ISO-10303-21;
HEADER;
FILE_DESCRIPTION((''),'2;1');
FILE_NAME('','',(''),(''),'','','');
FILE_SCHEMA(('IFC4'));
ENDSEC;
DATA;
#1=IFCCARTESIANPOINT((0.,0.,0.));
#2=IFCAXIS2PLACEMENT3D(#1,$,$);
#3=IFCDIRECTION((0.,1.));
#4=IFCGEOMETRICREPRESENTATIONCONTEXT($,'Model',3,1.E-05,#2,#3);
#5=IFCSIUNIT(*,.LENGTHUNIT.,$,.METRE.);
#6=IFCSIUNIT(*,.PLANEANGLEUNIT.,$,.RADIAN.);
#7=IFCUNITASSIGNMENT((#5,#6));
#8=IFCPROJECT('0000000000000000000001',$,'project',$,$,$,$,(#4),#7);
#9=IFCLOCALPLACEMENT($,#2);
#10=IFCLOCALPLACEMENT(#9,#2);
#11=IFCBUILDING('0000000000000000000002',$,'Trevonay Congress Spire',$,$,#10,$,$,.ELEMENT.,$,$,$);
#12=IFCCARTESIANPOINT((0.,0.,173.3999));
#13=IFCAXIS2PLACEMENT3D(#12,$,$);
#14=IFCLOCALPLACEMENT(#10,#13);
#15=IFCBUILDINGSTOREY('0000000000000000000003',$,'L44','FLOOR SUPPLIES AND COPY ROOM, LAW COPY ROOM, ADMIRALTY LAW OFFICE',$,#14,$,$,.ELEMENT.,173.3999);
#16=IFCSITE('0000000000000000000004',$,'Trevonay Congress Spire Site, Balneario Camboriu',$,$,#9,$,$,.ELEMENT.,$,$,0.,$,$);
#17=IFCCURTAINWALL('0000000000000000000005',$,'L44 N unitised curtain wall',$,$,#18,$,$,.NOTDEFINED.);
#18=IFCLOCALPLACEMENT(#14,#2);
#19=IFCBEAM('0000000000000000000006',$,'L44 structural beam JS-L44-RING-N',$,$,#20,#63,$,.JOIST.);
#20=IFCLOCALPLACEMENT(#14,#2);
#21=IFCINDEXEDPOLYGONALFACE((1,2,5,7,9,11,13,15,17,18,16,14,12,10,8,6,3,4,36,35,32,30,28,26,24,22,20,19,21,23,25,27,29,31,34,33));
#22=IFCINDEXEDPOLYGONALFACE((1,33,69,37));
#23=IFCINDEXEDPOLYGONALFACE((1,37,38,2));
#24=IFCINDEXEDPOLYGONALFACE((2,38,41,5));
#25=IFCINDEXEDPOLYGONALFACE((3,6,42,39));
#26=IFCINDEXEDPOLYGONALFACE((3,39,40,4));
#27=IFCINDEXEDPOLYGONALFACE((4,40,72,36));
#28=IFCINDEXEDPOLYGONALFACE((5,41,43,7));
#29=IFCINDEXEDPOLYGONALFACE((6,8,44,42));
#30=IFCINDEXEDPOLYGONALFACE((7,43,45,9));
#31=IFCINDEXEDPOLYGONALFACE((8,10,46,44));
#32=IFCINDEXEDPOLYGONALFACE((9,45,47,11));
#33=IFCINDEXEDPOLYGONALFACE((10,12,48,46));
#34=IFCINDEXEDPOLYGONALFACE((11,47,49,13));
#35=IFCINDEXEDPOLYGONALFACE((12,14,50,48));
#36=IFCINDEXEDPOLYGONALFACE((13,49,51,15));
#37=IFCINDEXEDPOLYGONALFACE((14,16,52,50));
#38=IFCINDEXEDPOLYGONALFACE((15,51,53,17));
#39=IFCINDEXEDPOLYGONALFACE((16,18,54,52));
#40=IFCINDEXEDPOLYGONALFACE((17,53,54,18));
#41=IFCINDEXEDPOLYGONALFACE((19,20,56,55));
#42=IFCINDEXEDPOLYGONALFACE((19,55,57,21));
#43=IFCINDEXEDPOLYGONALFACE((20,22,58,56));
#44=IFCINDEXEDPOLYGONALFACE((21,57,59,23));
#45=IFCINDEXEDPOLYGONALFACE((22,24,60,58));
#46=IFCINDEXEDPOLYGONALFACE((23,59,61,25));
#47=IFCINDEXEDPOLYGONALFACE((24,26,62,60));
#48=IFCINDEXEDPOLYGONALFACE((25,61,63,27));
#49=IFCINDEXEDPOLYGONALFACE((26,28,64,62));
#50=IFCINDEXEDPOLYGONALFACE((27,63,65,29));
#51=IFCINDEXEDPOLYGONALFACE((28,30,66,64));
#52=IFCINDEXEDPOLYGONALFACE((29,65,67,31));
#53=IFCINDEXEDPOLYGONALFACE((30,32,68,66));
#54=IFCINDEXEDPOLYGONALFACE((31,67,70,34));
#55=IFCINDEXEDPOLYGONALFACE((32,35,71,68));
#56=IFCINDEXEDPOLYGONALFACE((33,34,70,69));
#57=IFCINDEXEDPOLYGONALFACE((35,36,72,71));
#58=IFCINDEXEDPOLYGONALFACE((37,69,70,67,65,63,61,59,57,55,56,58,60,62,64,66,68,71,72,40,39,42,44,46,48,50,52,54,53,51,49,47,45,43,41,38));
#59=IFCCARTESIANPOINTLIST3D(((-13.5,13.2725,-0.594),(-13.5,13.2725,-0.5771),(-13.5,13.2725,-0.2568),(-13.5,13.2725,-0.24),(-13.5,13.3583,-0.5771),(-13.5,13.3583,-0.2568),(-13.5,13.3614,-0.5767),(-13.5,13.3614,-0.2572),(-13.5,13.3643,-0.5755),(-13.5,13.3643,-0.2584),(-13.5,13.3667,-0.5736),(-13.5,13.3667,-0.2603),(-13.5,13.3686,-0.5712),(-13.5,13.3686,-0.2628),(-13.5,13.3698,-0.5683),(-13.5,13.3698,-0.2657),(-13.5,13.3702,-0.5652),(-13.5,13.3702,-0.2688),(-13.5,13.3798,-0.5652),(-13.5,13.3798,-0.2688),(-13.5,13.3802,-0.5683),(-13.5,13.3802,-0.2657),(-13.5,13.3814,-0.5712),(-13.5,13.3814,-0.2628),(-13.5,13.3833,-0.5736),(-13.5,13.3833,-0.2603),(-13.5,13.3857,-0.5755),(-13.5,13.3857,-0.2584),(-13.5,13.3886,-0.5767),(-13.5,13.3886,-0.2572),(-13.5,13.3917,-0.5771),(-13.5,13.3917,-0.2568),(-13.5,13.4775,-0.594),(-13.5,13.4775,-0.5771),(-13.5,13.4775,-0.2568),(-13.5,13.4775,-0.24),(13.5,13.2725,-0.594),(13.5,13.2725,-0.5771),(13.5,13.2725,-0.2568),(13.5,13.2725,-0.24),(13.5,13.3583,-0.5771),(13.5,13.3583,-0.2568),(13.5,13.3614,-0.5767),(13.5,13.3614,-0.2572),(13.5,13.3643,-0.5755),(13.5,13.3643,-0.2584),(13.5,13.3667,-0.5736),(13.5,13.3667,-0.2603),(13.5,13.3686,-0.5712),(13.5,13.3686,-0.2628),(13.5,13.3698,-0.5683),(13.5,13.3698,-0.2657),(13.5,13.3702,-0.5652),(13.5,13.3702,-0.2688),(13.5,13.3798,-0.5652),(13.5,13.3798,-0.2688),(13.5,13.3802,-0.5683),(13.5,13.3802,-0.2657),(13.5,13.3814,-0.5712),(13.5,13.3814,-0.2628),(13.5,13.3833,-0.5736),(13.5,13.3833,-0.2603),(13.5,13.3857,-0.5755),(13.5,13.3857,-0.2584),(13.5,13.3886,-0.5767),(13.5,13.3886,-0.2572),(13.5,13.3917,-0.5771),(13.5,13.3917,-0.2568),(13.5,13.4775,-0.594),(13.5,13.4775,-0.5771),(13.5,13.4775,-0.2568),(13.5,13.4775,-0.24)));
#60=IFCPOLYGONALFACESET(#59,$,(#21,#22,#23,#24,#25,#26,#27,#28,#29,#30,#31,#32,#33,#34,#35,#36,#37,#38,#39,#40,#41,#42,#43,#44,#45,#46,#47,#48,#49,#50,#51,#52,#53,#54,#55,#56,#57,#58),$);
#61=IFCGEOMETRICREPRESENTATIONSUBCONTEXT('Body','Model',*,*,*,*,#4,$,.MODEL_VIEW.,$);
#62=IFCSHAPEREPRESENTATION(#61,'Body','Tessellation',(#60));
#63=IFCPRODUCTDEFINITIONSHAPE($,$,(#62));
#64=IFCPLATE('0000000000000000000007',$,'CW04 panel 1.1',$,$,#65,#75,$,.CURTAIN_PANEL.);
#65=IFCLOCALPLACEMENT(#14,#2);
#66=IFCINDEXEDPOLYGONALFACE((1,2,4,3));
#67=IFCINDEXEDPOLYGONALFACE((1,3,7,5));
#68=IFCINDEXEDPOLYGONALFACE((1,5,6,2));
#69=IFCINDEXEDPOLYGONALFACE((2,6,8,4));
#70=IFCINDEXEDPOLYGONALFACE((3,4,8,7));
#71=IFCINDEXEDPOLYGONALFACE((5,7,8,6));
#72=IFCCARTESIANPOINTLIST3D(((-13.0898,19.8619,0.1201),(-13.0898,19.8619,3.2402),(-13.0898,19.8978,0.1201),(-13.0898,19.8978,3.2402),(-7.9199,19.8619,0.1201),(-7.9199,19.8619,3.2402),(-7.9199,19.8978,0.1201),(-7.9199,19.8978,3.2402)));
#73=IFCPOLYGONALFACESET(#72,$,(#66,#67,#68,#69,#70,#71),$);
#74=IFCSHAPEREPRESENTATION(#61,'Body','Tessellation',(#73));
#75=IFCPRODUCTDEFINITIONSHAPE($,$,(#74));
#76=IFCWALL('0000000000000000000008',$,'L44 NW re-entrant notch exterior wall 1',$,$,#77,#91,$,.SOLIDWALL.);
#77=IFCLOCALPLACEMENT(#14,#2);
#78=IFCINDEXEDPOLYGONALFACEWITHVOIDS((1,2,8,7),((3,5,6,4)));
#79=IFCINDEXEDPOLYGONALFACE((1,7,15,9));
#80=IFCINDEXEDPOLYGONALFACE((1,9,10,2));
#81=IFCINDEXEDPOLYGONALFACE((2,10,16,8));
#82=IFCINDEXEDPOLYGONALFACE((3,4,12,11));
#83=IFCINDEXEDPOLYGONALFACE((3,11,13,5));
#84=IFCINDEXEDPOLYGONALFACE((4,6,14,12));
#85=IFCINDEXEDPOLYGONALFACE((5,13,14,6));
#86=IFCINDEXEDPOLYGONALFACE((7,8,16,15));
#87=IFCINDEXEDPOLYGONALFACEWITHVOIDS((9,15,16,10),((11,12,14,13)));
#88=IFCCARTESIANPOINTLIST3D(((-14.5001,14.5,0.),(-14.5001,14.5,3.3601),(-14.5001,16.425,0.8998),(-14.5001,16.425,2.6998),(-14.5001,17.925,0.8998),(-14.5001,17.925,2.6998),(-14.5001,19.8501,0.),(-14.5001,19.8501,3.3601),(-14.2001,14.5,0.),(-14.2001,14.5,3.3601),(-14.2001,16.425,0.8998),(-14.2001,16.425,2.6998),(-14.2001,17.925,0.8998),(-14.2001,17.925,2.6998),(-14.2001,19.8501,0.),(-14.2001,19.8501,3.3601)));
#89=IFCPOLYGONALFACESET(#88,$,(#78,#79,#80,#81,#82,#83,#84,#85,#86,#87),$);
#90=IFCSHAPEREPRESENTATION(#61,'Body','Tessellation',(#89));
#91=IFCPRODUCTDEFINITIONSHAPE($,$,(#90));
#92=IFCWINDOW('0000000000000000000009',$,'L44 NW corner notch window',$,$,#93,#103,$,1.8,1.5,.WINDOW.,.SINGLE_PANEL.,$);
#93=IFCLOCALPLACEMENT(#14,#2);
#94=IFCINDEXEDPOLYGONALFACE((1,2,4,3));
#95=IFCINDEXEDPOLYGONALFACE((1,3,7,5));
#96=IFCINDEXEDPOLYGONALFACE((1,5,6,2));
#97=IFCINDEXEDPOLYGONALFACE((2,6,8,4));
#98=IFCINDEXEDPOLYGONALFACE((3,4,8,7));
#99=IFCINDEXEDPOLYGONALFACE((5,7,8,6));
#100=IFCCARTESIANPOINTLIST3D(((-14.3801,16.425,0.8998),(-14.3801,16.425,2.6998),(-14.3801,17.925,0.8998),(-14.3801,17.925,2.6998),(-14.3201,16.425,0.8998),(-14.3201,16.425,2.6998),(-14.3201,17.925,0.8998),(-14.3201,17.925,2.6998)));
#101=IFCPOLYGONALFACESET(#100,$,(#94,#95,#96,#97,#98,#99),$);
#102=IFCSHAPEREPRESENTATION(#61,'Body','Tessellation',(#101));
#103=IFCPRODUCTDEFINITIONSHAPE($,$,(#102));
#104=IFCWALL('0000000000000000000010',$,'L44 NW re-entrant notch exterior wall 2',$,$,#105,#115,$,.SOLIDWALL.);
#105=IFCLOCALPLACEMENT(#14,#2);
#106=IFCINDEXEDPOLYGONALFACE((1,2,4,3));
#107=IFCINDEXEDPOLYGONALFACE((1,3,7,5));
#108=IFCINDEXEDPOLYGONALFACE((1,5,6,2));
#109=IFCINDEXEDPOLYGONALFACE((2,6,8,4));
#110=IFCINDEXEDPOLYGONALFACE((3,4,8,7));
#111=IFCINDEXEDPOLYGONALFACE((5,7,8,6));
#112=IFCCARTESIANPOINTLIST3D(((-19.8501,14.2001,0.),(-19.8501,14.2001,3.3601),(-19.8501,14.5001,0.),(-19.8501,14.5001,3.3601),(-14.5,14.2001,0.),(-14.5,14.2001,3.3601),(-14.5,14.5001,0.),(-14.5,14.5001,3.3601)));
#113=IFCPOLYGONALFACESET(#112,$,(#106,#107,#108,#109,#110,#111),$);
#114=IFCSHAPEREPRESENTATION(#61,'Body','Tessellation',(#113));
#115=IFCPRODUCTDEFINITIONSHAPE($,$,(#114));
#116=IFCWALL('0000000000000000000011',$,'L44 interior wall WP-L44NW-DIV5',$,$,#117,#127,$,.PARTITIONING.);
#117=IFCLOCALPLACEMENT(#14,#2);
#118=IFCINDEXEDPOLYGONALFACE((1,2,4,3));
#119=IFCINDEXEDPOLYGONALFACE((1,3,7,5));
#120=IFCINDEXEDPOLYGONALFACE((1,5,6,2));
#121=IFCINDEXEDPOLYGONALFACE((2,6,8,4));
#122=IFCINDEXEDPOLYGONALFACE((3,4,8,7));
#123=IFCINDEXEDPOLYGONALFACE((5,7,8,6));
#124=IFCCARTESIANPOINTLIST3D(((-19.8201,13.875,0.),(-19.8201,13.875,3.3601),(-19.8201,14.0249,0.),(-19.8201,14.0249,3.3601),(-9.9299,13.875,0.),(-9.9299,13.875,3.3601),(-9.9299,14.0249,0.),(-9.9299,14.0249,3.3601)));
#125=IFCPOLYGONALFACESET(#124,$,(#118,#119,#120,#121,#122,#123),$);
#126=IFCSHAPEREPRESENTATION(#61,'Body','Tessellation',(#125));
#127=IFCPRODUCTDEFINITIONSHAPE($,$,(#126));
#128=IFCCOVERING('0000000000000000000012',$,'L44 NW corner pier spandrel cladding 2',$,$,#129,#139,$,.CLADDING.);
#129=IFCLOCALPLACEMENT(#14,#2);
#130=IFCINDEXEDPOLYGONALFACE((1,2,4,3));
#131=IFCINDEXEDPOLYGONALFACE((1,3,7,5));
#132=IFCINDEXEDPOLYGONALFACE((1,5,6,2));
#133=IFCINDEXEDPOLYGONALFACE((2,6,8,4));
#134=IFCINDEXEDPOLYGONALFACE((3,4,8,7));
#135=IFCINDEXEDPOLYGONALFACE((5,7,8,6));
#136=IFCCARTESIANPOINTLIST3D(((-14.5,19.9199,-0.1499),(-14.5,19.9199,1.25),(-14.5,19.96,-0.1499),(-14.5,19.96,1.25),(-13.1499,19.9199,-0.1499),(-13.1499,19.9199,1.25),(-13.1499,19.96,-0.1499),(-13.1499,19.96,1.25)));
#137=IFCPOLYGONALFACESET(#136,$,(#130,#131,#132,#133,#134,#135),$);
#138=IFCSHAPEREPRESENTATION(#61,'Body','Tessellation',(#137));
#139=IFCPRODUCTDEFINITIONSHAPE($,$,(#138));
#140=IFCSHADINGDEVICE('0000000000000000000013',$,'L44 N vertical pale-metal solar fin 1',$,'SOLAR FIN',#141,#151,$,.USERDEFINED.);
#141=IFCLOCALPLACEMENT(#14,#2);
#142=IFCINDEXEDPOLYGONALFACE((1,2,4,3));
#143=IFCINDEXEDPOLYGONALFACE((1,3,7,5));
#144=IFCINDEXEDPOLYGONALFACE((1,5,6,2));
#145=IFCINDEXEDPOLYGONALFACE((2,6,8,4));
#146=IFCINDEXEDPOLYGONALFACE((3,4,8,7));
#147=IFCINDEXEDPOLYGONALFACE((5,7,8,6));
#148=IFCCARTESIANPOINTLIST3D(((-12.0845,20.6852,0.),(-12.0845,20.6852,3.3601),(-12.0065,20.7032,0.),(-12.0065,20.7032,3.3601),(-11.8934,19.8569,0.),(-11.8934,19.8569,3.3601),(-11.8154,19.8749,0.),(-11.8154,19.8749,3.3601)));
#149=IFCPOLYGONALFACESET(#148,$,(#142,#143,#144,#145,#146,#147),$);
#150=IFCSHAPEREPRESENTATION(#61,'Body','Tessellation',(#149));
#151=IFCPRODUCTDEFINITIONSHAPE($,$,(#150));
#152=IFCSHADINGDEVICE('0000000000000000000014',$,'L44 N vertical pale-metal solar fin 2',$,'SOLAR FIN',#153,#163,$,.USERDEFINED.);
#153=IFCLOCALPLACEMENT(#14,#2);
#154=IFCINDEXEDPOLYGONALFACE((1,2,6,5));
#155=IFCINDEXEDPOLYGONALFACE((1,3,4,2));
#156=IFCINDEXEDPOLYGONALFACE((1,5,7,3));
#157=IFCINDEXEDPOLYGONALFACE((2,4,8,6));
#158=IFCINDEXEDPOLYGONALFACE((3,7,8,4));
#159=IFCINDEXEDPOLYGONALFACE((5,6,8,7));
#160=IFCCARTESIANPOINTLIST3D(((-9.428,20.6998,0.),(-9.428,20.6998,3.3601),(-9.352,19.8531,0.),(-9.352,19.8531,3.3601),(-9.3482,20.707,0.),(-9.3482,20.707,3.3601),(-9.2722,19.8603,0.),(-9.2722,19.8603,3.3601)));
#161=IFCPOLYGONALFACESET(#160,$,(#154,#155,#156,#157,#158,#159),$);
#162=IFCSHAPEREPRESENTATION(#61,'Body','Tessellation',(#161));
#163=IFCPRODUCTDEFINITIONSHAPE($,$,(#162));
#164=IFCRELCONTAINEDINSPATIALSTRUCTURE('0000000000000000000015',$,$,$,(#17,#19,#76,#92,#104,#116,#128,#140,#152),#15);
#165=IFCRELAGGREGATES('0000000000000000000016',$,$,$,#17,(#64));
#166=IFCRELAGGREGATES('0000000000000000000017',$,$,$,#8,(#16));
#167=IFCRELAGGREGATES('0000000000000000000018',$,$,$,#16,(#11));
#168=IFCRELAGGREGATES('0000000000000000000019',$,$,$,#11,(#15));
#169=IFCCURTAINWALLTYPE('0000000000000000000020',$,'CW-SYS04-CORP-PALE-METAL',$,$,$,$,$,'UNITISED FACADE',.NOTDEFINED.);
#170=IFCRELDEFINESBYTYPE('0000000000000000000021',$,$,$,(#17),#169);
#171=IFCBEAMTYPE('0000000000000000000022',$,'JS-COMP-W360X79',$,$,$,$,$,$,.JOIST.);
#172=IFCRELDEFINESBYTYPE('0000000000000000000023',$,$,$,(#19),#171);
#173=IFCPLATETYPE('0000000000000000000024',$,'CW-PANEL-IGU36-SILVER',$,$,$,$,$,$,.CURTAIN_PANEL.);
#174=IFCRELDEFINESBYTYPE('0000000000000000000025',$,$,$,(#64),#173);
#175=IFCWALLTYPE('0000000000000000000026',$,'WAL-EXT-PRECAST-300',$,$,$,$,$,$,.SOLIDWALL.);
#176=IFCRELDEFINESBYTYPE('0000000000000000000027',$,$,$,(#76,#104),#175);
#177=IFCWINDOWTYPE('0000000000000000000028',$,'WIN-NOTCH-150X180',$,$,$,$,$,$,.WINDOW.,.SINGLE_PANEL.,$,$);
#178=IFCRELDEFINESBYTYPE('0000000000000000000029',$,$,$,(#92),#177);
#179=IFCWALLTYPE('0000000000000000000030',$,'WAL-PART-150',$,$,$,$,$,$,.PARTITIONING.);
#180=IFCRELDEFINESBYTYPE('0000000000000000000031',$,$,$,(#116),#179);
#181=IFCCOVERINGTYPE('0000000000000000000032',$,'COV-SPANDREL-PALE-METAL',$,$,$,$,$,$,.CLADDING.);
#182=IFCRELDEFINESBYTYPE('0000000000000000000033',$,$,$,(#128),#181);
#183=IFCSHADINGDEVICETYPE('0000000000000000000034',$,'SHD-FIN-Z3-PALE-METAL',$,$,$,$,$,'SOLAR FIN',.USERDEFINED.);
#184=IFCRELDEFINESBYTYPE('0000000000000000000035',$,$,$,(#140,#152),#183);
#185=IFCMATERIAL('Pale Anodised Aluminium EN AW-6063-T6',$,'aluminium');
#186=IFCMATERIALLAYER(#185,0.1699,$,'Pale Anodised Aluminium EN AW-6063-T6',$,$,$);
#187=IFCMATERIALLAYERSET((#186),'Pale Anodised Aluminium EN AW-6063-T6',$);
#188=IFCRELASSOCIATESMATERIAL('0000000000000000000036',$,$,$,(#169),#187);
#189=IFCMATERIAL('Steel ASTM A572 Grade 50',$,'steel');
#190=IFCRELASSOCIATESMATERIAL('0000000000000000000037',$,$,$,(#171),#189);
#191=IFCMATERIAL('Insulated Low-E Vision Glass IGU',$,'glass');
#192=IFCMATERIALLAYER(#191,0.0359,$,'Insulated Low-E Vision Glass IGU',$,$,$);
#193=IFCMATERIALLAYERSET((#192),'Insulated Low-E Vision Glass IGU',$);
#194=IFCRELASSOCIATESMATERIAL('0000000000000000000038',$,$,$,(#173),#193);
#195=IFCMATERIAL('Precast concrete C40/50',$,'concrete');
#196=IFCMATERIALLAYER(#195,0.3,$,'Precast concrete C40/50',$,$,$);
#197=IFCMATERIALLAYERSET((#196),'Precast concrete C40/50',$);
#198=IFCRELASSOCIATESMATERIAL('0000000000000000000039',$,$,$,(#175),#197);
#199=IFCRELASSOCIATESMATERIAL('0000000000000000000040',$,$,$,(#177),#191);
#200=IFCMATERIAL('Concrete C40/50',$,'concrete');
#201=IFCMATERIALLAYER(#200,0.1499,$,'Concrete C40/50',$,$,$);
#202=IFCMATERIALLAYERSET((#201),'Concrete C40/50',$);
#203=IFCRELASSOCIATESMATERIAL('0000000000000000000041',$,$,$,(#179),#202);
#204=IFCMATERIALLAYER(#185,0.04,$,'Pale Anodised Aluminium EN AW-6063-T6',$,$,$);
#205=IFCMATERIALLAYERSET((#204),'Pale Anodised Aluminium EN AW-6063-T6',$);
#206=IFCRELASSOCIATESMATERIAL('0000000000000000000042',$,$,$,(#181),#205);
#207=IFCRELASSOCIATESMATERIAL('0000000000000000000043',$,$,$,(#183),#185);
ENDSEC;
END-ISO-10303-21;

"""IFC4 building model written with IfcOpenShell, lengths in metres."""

from ifc_helpers import new_model, si_unit, direction, frame, frame_2d, origin, origin_2d, place, context, subcontext, project, spatial, rectangle, i_section, extrude, material, layer, layer_set, material_profile, profile_set, type_object, element, fill, aggregate, save


model = new_model("IFC4")

# Units and contexts
model_context = context("Model", 3, precision=1e-05, world=origin(), true_north=direction((0.0, 1.0)))
body_context = subcontext(model_context, "Body", "Model", "MODEL_VIEW")
ifc_project = project(units=[si_unit("LENGTHUNIT", "METRE"), si_unit("PLANEANGLEUNIT", "RADIAN")], contexts=[model_context])

# Site, building, storey
site_placement = place(None, origin())
site = spatial("IfcSite", under=ifc_project, at=site_placement, Name="Trevonay Congress Spire Site, Balneario Camboriu", CompositionType="ELEMENT", RefElevation=0.0)
building_placement = place(site_placement, origin())
building = spatial("IfcBuilding", under=site, at=building_placement, Name="Trevonay Congress Spire", CompositionType="ELEMENT")
storey_placement = place(building_placement, frame((0.0, 0.0, 173.3999)))
storey = spatial("IfcBuildingStorey", under=building, at=storey_placement, Name="L44", Description="FLOOR SUPPLIES AND COPY ROOM, LAW COPY ROOM, ADMIRALTY LAW OFFICE", CompositionType="ELEMENT", Elevation=173.3999)

# Shared definitions
ifc_material_1 = material(Name="Steel ASTM A572 Grade 50", Category="steel")

# Curtain wall
ifc_material_2 = material(Name="Pale Anodised Aluminium EN AW-6063-T6", Category="aluminium")
ifc_layer_1 = layer(ifc_material_2, 0.1699, Name="Pale Anodised Aluminium EN AW-6063-T6")
ifc_layer_set_1 = layer_set([ifc_layer_1], Name="Pale Anodised Aluminium EN AW-6063-T6")
curtain_wall_type = type_object("IfcCurtainWallType", Name="CW-SYS04-CORP-PALE-METAL", ElementType="UNITISED FACADE", PredefinedType="NOTDEFINED", material=ifc_layer_set_1)
curtain_wall_placement = place(storey_placement, origin())
curtain_wall = element("IfcCurtainWall", 1, at=curtain_wall_placement, inside=storey, type_object=curtain_wall_type, Name="L44 N unitised curtain wall", PredefinedType="NOTDEFINED")

# Beam
ifc_material_profile_1 = material_profile(ifc_material_1, i_section(OverallWidth=0.2051, OverallDepth=0.354, WebThickness=0.0095, FlangeThickness=0.0168, FilletRadius=0.012, at=origin_2d()), Name="W360x79")
ifc_profile_set_1 = profile_set([ifc_material_profile_1], Name="Steel ASTM A572 Grade 50")
beam_type_1 = type_object("IfcBeamType", Name="JS-COMP-W360X79", PredefinedType="JOIST", material=ifc_profile_set_1)
beam_1_placement = place(storey_placement, frame((-13.5, 13.375, -0.417), z_axis=(1.0, 0.0, 0.0), x_axis=(0.0, 1.0, 0.0)))
element("IfcBeam", 2, at=beam_1_placement, inside=storey, type_object=beam_type_1, Name="L44 structural beam JS-L44-RING-N", PredefinedType="JOIST", context=body_context, shape_type="SweptSolid", body=[
    extrude(i_section(OverallWidth=0.2051, OverallDepth=0.354, WebThickness=0.0095, FlangeThickness=0.0168, FilletRadius=0.012, at=origin_2d()), origin(), (0.0, 0.0, 1.0), 27.0),
])

# Plate
ifc_material_3 = material(Name="Insulated Low-E Vision Glass IGU", Category="glass")
ifc_layer_2 = layer(ifc_material_3, 0.0359, Name="Insulated Low-E Vision Glass IGU")
ifc_layer_set_2 = layer_set([ifc_layer_2], Name="Insulated Low-E Vision Glass IGU")
plate_type = type_object("IfcPlateType", Name="CW-PANEL-IGU36-SILVER", PredefinedType="CURTAIN_PANEL", material=ifc_layer_set_2)
plate_placement = place(storey_placement, frame((-10.5049, 19.8799, 0.1201), z_axis=(0.0, 0.0, 1.0), x_axis=(1.0, 0.0, 0.0)))
plate = element("IfcPlate", 3, at=plate_placement, type_object=plate_type, Name="CW04 panel 1.1", PredefinedType="CURTAIN_PANEL", context=body_context, shape_type="SweptSolid", body=[
    extrude(rectangle(XDim=5.1699, YDim=0.0359, at=origin_2d()), origin(), (0.0, 0.0, 1.0), 3.1201),
])
aggregate(curtain_wall, [plate])

# Wall, opening, window
ifc_material_4 = material(Name="Precast concrete C40/50", Category="concrete")
ifc_layer_3 = layer(ifc_material_4, 0.3, Name="Precast concrete C40/50")
ifc_layer_set_3 = layer_set([ifc_layer_3], Name="Precast concrete C40/50")
wall_type_1 = type_object("IfcWallType", Name="WAL-EXT-PRECAST-300", PredefinedType="SOLIDWALL", material=ifc_layer_set_3)
wall_1_placement = place(storey_placement, frame((-14.3501, 19.8501, 0.0), z_axis=(0.0, 0.0, 1.0), x_axis=(0.0, -1.0, 0.0)))
wall_1 = element("IfcWall", 4, at=wall_1_placement, inside=storey, type_object=wall_type_1, Name="L44 NW re-entrant notch exterior wall 1", PredefinedType="SOLIDWALL", context=body_context, shape_type="SweptSolid", body=[
    extrude(rectangle(XDim=5.3501, YDim=0.3, at=frame_2d((2.675, 0.0))), origin(), (0.0, 0.0, 1.0), 3.3601),
])
opening_placement = place(wall_1_placement, frame((1.925, 0.0, 0.8999)))
opening = element("IfcOpeningElement", 5, at=opening_placement, cuts=wall_1, PredefinedType="OPENING", context=body_context, shape_type="SweptSolid", body=[
    extrude(rectangle(XDim=1.5, YDim=1.8, at=frame_2d((0.75, 0.8999))), frame((0.0, 0.1602, 0.0), z_axis=(0.0, -1.0, 0.0), x_axis=(1.0, 0.0, 0.0)), (0.0, 0.0, 1.0), 0.3201),
])
window_type = type_object("IfcWindowType", Name="WIN-NOTCH-150X180", PartitioningType="SINGLE_PANEL", PredefinedType="WINDOW", material=ifc_material_3)
window_placement = place(opening_placement, origin())
window = element("IfcWindow", 6, at=window_placement, inside=storey, type_object=window_type, Name="L44 NW corner notch window", OverallHeight=1.8, OverallWidth=1.5, PartitioningType="SINGLE_PANEL", PredefinedType="WINDOW", context=body_context, shape_type="SweptSolid", body=[
    extrude(rectangle(XDim=1.5, YDim=1.8, at=frame_2d((0.75, 0.8999))), frame((0.0, 0.03, 0.0), z_axis=(0.0, -1.0, 0.0), x_axis=(1.0, 0.0, 0.0)), (0.0, 0.0, 1.0), 0.0601),
])
fill(opening, window)

# Walls
wall_2_placement = place(storey_placement, frame((-19.8501, 14.3501, 0.0), z_axis=(0.0, 0.0, 1.0), x_axis=(1.0, 0.0, 0.0)))
element("IfcWall", 7, at=wall_2_placement, inside=storey, type_object=wall_type_1, Name="L44 NW re-entrant notch exterior wall 2", PredefinedType="SOLIDWALL", context=body_context, shape_type="SweptSolid", body=[
    extrude(rectangle(XDim=5.3501, YDim=0.3, at=frame_2d((2.675, 0.0))), origin(), (0.0, 0.0, 1.0), 3.3601),
])
ifc_material_5 = material(Name="Concrete C40/50", Category="concrete")
ifc_layer_4 = layer(ifc_material_5, 0.1499, Name="Concrete C40/50")
ifc_layer_set_4 = layer_set([ifc_layer_4], Name="Concrete C40/50")
wall_type_2 = type_object("IfcWallType", Name="WAL-PART-150", PredefinedType="PARTITIONING", material=ifc_layer_set_4)
wall_3_placement = place(storey_placement, frame((-19.8201, 13.95, 0.0), z_axis=(0.0, 0.0, 1.0), x_axis=(1.0, 0.0, 0.0)))
element("IfcWall", 8, at=wall_3_placement, inside=storey, type_object=wall_type_2, Name="L44 interior wall WP-L44NW-DIV5", PredefinedType="PARTITIONING", context=body_context, shape_type="SweptSolid", body=[
    extrude(rectangle(XDim=9.8901, YDim=0.1499, at=frame_2d((4.9451, 0.0))), origin(), (0.0, 0.0, 1.0), 3.3601),
])

# Covering
ifc_layer_5 = layer(ifc_material_2, 0.04, Name="Pale Anodised Aluminium EN AW-6063-T6")
ifc_layer_set_5 = layer_set([ifc_layer_5], Name="Pale Anodised Aluminium EN AW-6063-T6")
covering_type = type_object("IfcCoveringType", Name="COV-SPANDREL-PALE-METAL", PredefinedType="CLADDING", material=ifc_layer_set_5)
covering_placement = place(storey_placement, frame((-13.1499, 19.9399, -0.1499), z_axis=(0.0, 0.0, 1.0), x_axis=(-1.0, 0.0, 0.0)))
element("IfcCovering", 9, at=covering_placement, inside=storey, type_object=covering_type, Name="L44 NW corner pier spandrel cladding 2", PredefinedType="CLADDING", context=body_context, shape_type="SweptSolid", body=[
    extrude(rectangle(XDim=1.3501, YDim=0.04, at=frame_2d((0.675, 0.0))), origin(), (0.0, 0.0, 1.0), 1.3999),
])

# Shading devices
shading_device_type = type_object("IfcShadingDeviceType", Name="SHD-FIN-Z3-PALE-METAL", ElementType="SOLAR FIN", PredefinedType="USERDEFINED", material=ifc_material_2)
for number, where, z_axis, x_axis, name in (
    (10, (-11.95, 20.28, 0.0), (0.0, 0.0, 1.0), (0.974409, 0.224781, 0.0), "L44 N vertical pale-metal solar fin 1"),
    (11, (-9.3501, 20.28, 0.0), (0.0, 0.0, 1.0), (0.995994, 0.089416, 0.0), "L44 N vertical pale-metal solar fin 2"),
):
    element("IfcShadingDevice", number, at=place(storey_placement, frame(where, z_axis=z_axis, x_axis=x_axis)), inside=storey, type_object=shading_device_type, Name=name, ObjectType="SOLAR FIN", PredefinedType="USERDEFINED", context=body_context, shape_type="SweptSolid", body=[
        extrude(rectangle(XDim=0.0801, YDim=0.8501, at=origin_2d()), origin(), (0.0, 0.0, 1.0), 3.3601),
    ])

save(model, "model.ifc")
